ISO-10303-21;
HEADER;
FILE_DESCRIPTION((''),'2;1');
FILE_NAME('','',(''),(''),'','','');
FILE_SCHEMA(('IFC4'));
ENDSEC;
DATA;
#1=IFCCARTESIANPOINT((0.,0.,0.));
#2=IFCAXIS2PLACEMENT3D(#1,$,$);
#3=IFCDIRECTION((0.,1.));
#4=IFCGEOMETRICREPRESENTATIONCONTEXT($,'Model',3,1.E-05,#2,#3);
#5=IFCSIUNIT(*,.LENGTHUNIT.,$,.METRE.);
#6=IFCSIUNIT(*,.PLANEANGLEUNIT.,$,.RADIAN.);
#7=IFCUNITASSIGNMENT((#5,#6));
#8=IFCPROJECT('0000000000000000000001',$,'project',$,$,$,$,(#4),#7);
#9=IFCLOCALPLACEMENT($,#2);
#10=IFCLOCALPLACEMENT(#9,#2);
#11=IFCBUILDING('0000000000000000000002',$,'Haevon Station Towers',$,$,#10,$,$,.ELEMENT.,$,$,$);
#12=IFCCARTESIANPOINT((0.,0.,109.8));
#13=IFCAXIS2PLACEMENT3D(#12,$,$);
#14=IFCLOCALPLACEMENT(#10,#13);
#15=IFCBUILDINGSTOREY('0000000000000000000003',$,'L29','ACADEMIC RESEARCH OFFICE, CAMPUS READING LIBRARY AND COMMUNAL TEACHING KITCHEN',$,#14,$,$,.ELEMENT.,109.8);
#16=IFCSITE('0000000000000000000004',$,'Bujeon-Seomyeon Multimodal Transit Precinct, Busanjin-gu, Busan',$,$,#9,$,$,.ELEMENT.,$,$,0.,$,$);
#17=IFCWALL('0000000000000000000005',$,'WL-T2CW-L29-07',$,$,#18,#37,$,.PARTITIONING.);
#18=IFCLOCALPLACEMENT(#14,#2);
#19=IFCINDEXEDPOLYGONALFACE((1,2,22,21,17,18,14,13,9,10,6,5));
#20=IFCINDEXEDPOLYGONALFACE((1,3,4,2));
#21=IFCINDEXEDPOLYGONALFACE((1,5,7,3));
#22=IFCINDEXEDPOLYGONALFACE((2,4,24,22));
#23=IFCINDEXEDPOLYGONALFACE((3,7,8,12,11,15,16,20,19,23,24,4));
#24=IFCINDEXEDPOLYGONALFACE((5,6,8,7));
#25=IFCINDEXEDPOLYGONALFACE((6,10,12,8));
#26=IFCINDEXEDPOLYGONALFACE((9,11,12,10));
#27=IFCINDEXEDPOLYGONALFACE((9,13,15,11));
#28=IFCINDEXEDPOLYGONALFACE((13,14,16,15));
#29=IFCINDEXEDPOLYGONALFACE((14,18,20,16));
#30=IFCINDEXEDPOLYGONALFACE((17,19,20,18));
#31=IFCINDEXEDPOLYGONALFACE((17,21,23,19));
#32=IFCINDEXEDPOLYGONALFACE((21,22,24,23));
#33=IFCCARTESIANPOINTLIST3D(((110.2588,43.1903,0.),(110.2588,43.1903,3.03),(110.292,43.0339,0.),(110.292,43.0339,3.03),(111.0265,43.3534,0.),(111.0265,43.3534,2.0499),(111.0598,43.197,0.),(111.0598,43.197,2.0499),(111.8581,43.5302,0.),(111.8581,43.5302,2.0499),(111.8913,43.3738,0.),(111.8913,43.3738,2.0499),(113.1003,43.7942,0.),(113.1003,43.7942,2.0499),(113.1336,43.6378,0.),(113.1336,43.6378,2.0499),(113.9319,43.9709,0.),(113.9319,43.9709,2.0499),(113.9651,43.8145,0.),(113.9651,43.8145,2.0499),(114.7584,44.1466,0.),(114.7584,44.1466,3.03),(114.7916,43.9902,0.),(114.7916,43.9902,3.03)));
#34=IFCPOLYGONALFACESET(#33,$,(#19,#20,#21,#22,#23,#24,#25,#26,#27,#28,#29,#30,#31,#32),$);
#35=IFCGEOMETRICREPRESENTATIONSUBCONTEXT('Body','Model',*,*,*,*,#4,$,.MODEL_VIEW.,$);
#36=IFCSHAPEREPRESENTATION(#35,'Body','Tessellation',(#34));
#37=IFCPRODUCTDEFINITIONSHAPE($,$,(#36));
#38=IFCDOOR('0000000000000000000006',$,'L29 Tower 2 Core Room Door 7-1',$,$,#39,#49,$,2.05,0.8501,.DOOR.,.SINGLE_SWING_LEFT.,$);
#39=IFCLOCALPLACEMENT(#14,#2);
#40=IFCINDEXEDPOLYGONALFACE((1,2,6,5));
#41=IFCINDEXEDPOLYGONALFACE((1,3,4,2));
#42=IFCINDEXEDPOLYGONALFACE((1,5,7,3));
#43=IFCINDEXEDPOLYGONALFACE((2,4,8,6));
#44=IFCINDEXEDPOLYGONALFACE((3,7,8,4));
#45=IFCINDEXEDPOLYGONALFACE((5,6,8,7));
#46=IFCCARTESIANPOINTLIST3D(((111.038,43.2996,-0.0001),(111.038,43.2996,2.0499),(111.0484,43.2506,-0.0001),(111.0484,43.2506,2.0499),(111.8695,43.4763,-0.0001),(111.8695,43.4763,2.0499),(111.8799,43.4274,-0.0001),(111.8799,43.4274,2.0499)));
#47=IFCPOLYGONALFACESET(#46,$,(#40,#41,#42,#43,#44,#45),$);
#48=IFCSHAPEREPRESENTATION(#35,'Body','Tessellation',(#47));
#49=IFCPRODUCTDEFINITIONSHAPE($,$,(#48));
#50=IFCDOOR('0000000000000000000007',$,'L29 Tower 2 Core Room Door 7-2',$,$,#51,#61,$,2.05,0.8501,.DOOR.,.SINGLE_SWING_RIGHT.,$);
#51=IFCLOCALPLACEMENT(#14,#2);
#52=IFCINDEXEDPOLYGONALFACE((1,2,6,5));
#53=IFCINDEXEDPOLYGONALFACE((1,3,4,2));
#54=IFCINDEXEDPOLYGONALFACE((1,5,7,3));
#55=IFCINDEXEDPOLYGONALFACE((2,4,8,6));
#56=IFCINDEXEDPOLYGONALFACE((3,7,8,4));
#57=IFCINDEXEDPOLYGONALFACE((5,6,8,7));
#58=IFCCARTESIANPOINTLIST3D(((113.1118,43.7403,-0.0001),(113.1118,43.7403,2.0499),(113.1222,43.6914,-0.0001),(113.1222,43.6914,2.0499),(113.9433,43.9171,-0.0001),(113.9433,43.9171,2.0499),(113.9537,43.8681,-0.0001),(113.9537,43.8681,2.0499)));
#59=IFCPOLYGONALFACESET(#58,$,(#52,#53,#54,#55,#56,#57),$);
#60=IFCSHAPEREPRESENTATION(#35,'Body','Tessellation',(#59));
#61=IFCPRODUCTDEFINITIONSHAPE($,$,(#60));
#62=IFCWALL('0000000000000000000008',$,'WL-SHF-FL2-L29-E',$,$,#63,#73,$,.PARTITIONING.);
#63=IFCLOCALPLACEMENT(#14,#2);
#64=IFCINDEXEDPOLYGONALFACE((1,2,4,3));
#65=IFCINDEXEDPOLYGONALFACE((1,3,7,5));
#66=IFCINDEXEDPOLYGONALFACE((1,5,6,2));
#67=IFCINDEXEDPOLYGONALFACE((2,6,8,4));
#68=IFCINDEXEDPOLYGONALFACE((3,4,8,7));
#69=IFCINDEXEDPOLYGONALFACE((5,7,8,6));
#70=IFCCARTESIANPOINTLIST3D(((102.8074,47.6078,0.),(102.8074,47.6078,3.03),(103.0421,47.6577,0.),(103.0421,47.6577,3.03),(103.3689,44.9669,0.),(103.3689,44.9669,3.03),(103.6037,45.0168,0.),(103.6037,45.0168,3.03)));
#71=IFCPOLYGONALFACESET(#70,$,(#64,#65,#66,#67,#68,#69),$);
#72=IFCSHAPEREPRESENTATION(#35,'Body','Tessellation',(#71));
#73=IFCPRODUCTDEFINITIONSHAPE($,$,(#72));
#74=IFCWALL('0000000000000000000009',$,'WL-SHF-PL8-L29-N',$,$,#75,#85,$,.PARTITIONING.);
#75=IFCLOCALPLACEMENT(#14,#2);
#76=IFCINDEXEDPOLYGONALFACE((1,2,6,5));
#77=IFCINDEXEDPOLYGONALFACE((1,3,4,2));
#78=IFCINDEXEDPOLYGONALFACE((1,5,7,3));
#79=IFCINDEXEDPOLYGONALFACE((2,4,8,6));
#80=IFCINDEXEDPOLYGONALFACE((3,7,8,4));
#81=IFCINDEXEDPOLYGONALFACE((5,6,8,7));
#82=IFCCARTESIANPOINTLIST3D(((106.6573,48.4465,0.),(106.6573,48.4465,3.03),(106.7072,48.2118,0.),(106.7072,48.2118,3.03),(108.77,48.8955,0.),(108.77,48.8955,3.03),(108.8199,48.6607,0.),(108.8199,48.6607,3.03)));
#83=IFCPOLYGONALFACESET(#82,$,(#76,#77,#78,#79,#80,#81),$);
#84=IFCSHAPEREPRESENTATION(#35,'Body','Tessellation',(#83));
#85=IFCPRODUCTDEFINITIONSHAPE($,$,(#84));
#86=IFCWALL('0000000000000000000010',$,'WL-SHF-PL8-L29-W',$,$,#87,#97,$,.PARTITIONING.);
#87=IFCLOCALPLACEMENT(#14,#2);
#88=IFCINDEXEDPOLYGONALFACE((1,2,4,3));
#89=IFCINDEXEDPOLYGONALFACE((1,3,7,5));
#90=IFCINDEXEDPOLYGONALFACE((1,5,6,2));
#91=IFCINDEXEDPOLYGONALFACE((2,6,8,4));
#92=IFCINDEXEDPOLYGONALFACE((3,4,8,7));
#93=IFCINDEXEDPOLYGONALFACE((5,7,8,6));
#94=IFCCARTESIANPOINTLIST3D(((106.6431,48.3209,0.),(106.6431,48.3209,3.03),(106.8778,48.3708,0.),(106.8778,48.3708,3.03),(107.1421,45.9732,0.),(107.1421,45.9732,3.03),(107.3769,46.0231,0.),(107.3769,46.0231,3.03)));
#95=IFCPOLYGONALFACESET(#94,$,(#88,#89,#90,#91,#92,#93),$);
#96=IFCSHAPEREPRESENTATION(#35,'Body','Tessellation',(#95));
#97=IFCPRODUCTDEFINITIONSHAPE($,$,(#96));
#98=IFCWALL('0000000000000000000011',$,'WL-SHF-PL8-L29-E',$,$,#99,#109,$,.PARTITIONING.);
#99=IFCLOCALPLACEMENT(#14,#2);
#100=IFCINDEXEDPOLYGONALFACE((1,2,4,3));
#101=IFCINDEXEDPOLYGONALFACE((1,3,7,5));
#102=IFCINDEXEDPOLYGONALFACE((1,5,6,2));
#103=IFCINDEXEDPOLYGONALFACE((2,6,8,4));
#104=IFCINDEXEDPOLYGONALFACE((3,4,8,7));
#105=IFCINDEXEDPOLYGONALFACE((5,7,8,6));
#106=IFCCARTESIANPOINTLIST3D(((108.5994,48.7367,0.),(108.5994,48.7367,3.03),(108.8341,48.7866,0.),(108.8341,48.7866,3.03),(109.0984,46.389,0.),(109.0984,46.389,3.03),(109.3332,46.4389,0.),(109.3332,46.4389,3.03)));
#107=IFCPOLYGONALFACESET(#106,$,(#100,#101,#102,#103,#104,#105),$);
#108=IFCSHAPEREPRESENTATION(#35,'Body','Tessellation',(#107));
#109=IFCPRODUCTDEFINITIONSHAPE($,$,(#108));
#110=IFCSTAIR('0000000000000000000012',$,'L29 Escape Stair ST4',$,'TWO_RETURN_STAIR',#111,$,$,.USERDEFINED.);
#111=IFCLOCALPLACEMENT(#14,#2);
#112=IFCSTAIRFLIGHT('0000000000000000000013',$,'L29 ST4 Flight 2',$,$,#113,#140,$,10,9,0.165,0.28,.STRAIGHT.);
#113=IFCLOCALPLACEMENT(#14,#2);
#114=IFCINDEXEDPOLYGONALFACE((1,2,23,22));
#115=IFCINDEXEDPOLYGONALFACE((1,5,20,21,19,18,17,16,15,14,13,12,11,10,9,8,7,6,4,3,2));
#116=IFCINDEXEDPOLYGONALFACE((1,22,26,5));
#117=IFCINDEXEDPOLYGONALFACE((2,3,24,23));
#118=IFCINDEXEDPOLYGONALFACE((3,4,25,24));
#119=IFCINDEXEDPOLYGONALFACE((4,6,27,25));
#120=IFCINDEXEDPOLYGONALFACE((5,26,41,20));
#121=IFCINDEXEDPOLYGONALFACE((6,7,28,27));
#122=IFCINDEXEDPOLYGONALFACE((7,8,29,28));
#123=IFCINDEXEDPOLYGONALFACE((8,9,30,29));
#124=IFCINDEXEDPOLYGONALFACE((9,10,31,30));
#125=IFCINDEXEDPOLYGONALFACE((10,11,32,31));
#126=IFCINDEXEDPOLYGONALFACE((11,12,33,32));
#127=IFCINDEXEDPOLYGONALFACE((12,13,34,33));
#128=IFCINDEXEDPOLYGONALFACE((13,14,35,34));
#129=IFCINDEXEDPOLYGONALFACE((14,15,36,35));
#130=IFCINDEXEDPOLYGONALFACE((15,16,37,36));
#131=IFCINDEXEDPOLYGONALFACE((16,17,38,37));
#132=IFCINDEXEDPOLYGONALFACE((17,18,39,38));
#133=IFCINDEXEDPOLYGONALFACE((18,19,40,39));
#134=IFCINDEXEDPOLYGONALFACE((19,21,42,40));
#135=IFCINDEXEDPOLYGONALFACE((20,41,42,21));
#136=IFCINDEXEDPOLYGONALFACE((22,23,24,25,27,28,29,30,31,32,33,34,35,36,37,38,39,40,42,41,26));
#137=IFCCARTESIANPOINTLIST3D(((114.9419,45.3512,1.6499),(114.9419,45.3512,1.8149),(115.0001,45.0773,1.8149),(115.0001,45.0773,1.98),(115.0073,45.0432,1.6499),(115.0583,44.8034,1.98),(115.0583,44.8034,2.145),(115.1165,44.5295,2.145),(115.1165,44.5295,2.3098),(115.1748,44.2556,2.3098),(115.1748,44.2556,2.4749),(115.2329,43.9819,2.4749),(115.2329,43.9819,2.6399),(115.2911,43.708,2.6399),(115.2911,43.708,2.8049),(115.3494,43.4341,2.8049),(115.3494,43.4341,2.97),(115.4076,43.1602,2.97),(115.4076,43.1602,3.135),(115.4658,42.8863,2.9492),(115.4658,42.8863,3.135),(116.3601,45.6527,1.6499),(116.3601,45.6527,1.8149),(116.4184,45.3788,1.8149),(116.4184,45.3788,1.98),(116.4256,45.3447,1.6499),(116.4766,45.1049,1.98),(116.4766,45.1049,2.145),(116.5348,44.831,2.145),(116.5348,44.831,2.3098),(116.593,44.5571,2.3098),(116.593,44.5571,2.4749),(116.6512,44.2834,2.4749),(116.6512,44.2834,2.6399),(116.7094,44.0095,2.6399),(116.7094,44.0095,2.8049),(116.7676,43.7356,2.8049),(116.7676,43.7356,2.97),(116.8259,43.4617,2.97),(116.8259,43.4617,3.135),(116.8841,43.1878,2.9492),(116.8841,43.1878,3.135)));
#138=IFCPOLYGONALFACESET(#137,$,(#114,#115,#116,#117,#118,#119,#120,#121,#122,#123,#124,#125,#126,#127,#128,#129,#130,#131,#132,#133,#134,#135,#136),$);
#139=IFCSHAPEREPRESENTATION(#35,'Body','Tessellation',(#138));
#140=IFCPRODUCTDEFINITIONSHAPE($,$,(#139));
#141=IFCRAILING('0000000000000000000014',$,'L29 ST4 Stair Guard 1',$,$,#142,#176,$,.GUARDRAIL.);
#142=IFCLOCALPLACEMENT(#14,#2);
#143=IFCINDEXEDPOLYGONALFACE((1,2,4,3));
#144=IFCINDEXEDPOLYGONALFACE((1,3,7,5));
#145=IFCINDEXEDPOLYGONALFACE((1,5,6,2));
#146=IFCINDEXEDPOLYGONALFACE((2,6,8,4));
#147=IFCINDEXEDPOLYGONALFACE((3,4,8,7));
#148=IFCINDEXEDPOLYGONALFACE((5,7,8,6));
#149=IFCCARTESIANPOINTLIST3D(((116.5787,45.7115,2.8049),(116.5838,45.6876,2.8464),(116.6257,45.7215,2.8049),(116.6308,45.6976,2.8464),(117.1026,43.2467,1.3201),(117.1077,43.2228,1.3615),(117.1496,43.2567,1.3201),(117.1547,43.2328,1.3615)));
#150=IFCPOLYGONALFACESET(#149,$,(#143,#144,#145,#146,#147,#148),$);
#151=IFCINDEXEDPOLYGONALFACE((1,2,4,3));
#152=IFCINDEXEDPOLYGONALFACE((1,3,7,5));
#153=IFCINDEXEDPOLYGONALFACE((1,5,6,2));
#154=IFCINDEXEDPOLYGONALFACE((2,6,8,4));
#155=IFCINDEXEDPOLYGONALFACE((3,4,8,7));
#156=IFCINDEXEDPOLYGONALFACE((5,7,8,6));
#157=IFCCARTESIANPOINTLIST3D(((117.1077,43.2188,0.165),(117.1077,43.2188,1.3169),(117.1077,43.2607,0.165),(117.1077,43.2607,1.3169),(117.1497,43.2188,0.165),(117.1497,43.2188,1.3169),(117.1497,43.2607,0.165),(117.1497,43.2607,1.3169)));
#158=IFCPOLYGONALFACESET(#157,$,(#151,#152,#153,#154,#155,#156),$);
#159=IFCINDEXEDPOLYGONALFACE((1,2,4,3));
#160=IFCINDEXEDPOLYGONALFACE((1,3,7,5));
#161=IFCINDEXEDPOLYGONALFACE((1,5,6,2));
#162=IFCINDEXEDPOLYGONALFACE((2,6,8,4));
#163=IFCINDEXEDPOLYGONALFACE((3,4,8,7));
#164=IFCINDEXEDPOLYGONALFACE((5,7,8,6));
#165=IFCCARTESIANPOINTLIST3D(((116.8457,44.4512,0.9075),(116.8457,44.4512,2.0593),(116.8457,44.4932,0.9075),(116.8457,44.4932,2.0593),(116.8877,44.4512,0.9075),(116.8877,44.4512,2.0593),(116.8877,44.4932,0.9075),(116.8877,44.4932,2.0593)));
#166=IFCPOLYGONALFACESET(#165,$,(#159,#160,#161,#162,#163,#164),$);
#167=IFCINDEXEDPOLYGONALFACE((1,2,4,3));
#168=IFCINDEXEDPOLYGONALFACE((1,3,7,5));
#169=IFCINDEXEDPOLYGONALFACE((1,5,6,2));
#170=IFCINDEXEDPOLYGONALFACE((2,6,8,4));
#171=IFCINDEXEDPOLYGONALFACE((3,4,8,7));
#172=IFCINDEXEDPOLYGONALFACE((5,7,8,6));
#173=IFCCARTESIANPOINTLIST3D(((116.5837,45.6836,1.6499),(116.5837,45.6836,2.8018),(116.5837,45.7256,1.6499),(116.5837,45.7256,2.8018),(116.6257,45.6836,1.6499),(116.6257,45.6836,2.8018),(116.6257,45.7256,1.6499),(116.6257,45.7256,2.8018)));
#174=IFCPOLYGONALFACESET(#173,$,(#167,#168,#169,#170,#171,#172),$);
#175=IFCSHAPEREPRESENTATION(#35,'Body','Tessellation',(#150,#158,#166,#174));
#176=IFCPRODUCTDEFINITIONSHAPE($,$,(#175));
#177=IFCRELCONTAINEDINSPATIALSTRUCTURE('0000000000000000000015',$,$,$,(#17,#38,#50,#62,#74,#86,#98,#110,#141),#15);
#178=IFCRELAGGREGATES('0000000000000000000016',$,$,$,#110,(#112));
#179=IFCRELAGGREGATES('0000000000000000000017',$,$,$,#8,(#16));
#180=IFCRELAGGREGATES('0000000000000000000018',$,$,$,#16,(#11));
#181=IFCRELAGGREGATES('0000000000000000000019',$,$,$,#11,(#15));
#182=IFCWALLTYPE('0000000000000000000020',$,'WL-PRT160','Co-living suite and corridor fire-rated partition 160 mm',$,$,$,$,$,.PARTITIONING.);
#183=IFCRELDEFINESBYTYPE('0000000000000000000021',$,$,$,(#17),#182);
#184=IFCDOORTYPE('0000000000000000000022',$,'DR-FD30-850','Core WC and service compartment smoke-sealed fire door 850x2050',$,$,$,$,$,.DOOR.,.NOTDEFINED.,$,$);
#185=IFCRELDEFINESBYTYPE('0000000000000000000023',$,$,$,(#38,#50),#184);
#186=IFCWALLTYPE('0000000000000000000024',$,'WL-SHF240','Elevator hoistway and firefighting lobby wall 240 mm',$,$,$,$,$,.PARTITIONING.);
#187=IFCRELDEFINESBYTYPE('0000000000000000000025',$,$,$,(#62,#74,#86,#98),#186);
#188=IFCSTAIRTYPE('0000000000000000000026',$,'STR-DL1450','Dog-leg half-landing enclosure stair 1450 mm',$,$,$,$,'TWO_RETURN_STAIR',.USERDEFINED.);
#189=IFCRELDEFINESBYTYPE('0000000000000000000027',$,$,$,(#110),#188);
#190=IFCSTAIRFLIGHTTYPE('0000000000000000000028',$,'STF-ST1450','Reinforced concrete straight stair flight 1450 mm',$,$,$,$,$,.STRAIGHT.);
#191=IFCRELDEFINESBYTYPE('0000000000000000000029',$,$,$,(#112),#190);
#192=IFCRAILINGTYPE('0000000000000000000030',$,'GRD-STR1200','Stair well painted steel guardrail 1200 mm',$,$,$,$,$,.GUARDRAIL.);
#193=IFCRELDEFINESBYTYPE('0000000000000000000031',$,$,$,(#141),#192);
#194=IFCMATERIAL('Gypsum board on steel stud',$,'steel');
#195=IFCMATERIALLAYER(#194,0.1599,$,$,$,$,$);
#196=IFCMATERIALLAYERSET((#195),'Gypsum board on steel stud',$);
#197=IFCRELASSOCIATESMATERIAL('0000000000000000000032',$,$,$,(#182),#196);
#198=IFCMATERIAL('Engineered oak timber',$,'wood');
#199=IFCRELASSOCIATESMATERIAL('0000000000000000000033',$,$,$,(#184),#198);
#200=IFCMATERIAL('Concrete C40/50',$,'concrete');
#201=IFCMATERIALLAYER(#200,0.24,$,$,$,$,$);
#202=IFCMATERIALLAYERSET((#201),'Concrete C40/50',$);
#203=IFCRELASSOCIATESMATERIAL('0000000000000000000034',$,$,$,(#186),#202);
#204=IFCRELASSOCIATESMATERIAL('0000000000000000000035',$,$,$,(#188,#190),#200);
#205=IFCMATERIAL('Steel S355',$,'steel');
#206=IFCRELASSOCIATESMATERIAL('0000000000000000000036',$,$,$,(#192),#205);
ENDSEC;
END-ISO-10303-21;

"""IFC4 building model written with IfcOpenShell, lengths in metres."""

from ifc_helpers import new_model, si_unit, direction, frame, frame_2d, origin, origin_2d, place, context, subcontext, project, spatial, polyline, rectangle, outline, extrude, material, layer, layer_set, type_object, element, fill, aggregate, save


model = new_model("IFC4")

# Units and contexts
model_context = context("Model", 3, precision=1e-05, world=origin(), true_north=direction((0.0, 1.0)))
body_context = subcontext(model_context, "Body", "Model", "MODEL_VIEW")
ifc_project = project(units=[si_unit("LENGTHUNIT", "METRE"), si_unit("PLANEANGLEUNIT", "RADIAN")], contexts=[model_context])

# Site, building, storey
site_placement = place(None, origin())
site = spatial("IfcSite", under=ifc_project, at=site_placement, Name="Bujeon-Seomyeon Multimodal Transit Precinct, Busanjin-gu, Busan", CompositionType="ELEMENT", RefElevation=0.0)
building_placement = place(site_placement, origin())
building = spatial("IfcBuilding", under=site, at=building_placement, Name="Haevon Station Towers", CompositionType="ELEMENT")
storey_placement = place(building_placement, frame((0.0, 0.0, 109.8)))
storey = spatial("IfcBuildingStorey", under=building, at=storey_placement, Name="L29", Description="ACADEMIC RESEARCH OFFICE, CAMPUS READING LIBRARY AND COMMUNAL TEACHING KITCHEN", CompositionType="ELEMENT", Elevation=109.8)

# Shared definitions
ifc_material_1 = material(Name="Gypsum board on steel stud", Category="steel")
ifc_material_2 = material(Name="Engineered oak timber", Category="wood")

# Shared definitions
ifc_layer_1 = layer(ifc_material_1, 0.1599)
ifc_layer_set_1 = layer_set([ifc_layer_1], Name="Gypsum board on steel stud")
wall_type_1 = type_object("IfcWallType", Name="WL-PRT160", Description="Co-living suite and corridor fire-rated partition 160 mm", PredefinedType="PARTITIONING", material=ifc_layer_set_1)

# Wall, openings, doors
wall_1_placement = place(storey_placement, frame((110.2754, 43.1121, 0.0), z_axis=(0.0, 0.0, 1.0), x_axis=(0.978152, 0.20789, 0.0)))
wall_1 = element("IfcWall", 1, at=wall_1_placement, inside=storey, type_object=wall_type_1, Name="WL-T2CW-L29-07", PredefinedType="PARTITIONING", context=body_context, shape_type="SweptSolid", body=[
    extrude(rectangle(XDim=4.6001, YDim=0.1599, at=frame_2d((2.3, 0.0))), origin(), (0.0, 0.0, 1.0), 3.03),
])
opening_1_placement = place(wall_1_placement, frame((0.7849, 0.0, 0.0)))
opening_1 = element("IfcOpeningElement", 2, at=opening_1_placement, cuts=wall_1, PredefinedType="OPENING", context=body_context, shape_type="SweptSolid", body=[
    extrude(rectangle(XDim=0.8501, YDim=2.05, at=frame_2d((0.425, 1.0249))), frame((0.0, 0.0898, 0.0), z_axis=(0.0, -1.0, 0.0), x_axis=(1.0, 0.0, 0.0)), (0.0, 0.0, 1.0), 0.1799),
])
opening_2_placement = place(wall_1_placement, frame((2.905, 0.0, 0.0)))
opening_2 = element("IfcOpeningElement", 3, at=opening_2_placement, cuts=wall_1, PredefinedType="OPENING", context=body_context, shape_type="SweptSolid", body=[
    extrude(rectangle(XDim=0.8501, YDim=2.05, at=frame_2d((0.425, 1.0249))), frame((0.0, 0.0898, 0.0), z_axis=(0.0, -1.0, 0.0), x_axis=(1.0, 0.0, 0.0)), (0.0, 0.0, 1.0), 0.1799),
])
door_type_1 = type_object("IfcDoorType", Name="DR-FD30-850", Description="Core WC and service compartment smoke-sealed fire door 850x2050", OperationType="NOTDEFINED", PredefinedType="DOOR", material=ifc_material_2)
door_1_placement = place(opening_1_placement, origin())
door_1 = element("IfcDoor", 4, at=door_1_placement, inside=storey, type_object=door_type_1, Name="L29 Tower 2 Core Room Door 7-1", OperationType="SINGLE_SWING_LEFT", OverallHeight=2.05, OverallWidth=0.8501, PredefinedType="DOOR", context=body_context, shape_type="SweptSolid", body=[
    extrude(rectangle(XDim=0.8501, YDim=2.05, at=frame_2d((0.425, 1.0249))), frame((0.0, 0.0249, 0.0), z_axis=(0.0, -1.0, 0.0), x_axis=(1.0, 0.0, 0.0)), (0.0, 0.0, 1.0), 0.05),
])
fill(opening_1, door_1)
door_2_placement = place(opening_2_placement, origin())
door_2 = element("IfcDoor", 5, at=door_2_placement, inside=storey, type_object=door_type_1, Name="L29 Tower 2 Core Room Door 7-2", OperationType="SINGLE_SWING_RIGHT", OverallHeight=2.05, OverallWidth=0.8501, PredefinedType="DOOR", context=body_context, shape_type="SweptSolid", body=[
    extrude(rectangle(XDim=0.8501, YDim=2.05, at=frame_2d((0.425, 1.0249))), frame((0.0, 0.0249, 0.0), z_axis=(0.0, -1.0, 0.0), x_axis=(1.0, 0.0, 0.0)), (0.0, 0.0, 1.0), 0.05),
])
fill(opening_2, door_2)

# Wall
ifc_material_3 = material(Name="Concrete C40/50", Category="concrete")
ifc_layer_2 = layer(ifc_material_3, 0.24)
ifc_layer_set_2 = layer_set([ifc_layer_2], Name="Concrete C40/50")
wall_type_2 = type_object("IfcWallType", Name="WL-SHF240", Description="Elevator hoistway and firefighting lobby wall 240 mm", PredefinedType="PARTITIONING", material=ifc_layer_set_2)
wall_2_placement = place(storey_placement, frame((103.4863, 44.9917, 0.0), z_axis=(0.0, 0.0, 1.0), x_axis=(-0.207979, 0.978133, 0.0)))
element("IfcWall", 6, at=wall_2_placement, inside=storey, type_object=wall_type_2, Name="WL-SHF-FL2-L29-E", PredefinedType="PARTITIONING", context=body_context, shape_type="SweptSolid", body=[
    extrude(rectangle(XDim=2.7, YDim=0.24, at=frame_2d((1.3501, 0.0))), origin(), (0.0, 0.0, 1.0), 3.03),
])

# Walls
wall_3_placement = place(storey_placement, frame((106.6821, 48.3291, 0.0), z_axis=(0.0, 0.0, 1.0), x_axis=(0.978158, 0.207861, 0.0)))
element("IfcWall", 7, at=wall_3_placement, inside=storey, type_object=wall_type_2, Name="WL-SHF-PL8-L29-N", PredefinedType="PARTITIONING", context=body_context, shape_type="SweptSolid", body=[
    extrude(rectangle(XDim=2.1599, YDim=0.24, at=frame_2d((1.0801, 0.0))), origin(), (0.0, 0.0, 1.0), 3.03),
])
for number, where, z_axis, x_axis, name in (
    (8, (107.2595, 45.998, 0.0), (0.0, 0.0, 1.0), (-0.207917, 0.978146, 0.0), "WL-SHF-PL8-L29-W"),
    (9, (109.2158, 46.4138, 0.0), (0.0, 0.0, 1.0), (-0.207917, 0.978146, 0.0), "WL-SHF-PL8-L29-E"),
):
    element("IfcWall", number, at=place(storey_placement, frame(where, z_axis=z_axis, x_axis=x_axis)), inside=storey, type_object=wall_type_2, Name=name, PredefinedType="PARTITIONING", context=body_context, shape_type="SweptSolid", body=[
        extrude(rectangle(XDim=2.4001, YDim=0.24, at=frame_2d((1.2002, 0.0))), origin(), (0.0, 0.0, 1.0), 3.03),
    ])

# Stair, stair flight
stair_type = type_object("IfcStairType", Name="STR-DL1450", Description="Dog-leg half-landing enclosure stair 1450 mm", ElementType="TWO_RETURN_STAIR", PredefinedType="USERDEFINED", material=ifc_material_3)
stair_placement = place(storey_placement, origin())
stair = element("IfcStair", 10, at=stair_placement, inside=storey, type_object=stair_type, Name="L29 Escape Stair ST4", ObjectType="TWO_RETURN_STAIR", PredefinedType="USERDEFINED")
stair_flight_type = type_object("IfcStairFlightType", Name="STF-ST1450", Description="Reinforced concrete straight stair flight 1450 mm", PredefinedType="STRAIGHT", material=ifc_material_3)
stair_flight_placement = place(storey_placement, frame((115.6509, 45.502, 1.6499), z_axis=(0.0, 0.0, 1.0), x_axis=(0.207912, -0.978148, 0.0)))
stair_flight = element("IfcStairFlight", 11, at=stair_flight_placement, type_object=stair_flight_type, Name="L29 ST4 Flight 2", NumberOfRisers=10, NumberOfTreads=9, PredefinedType="STRAIGHT", RiserHeight=0.165, TreadLength=0.28, context=body_context, shape_type="SweptSolid", body=[
    extrude(outline(polyline([(0.0, 0.0), (0.0, 0.165), (0.28, 0.165), (0.28, 0.3301), (0.5601, 0.3301), (0.5601, 0.4951), (0.8401, 0.4951), (0.8401, 0.6599), (1.1201, 0.6599), (1.1201, 0.825), (1.3999, 0.825), (1.3999, 0.99), (1.6799, 0.99), (1.6799, 1.155), (1.96, 1.155), (1.96, 1.3201), (2.24, 1.3201), (2.24, 1.4851), (2.52, 1.4851), (2.52, 1.6499), (2.52, 1.2993), (0.3149, 0.0), (0.0, 0.0)])), frame((0.0, 0.7251, 0.0), z_axis=(0.0, -1.0, 0.0), x_axis=(1.0, 0.0, 0.0)), (0.0, 0.0, 1.0), 1.45),
])
aggregate(stair, [stair_flight])

# Railing
ifc_material_4 = material(Name="Steel S355", Category="steel")
railing_type_1 = type_object("IfcRailingType", Name="GRD-STR1200", Description="Stair well painted steel guardrail 1200 mm", PredefinedType="GUARDRAIL", material=ifc_material_4)
railing_1_placement = place(storey_placement, frame((117.1287, 43.2397, 0.165)))
element("IfcRailing", 12, at=railing_1_placement, inside=storey, type_object=railing_type_1, Name="L29 ST4 Stair Guard 1", PredefinedType="GUARDRAIL", context=body_context, shape_type="SweptSolid", body=[
    extrude(rectangle(XDim=0.0481, YDim=0.0481, at=origin_2d()), frame((0.0, 0.0, 1.1758), z_axis=(-0.179129, 0.842724, 0.507671), x_axis=(-0.978147, -0.207914, 0.0)), (0.0, 0.0, 1.0), 2.9248),
    extrude(rectangle(XDim=0.042, YDim=0.042, at=origin_2d()), origin(), (0.0, 0.0, 1.0), 1.1519),
    extrude(rectangle(XDim=0.042, YDim=0.042, at=origin_2d()), frame((-0.262, 1.2324, 0.7424)), (0.0, 0.0, 1.0), 1.1519),
    extrude(rectangle(XDim=0.042, YDim=0.042, at=origin_2d()), frame((-0.5239, 2.4648, 1.4849)), (0.0, 0.0, 1.0), 1.1519),
])

save(model, "model.ifc")
